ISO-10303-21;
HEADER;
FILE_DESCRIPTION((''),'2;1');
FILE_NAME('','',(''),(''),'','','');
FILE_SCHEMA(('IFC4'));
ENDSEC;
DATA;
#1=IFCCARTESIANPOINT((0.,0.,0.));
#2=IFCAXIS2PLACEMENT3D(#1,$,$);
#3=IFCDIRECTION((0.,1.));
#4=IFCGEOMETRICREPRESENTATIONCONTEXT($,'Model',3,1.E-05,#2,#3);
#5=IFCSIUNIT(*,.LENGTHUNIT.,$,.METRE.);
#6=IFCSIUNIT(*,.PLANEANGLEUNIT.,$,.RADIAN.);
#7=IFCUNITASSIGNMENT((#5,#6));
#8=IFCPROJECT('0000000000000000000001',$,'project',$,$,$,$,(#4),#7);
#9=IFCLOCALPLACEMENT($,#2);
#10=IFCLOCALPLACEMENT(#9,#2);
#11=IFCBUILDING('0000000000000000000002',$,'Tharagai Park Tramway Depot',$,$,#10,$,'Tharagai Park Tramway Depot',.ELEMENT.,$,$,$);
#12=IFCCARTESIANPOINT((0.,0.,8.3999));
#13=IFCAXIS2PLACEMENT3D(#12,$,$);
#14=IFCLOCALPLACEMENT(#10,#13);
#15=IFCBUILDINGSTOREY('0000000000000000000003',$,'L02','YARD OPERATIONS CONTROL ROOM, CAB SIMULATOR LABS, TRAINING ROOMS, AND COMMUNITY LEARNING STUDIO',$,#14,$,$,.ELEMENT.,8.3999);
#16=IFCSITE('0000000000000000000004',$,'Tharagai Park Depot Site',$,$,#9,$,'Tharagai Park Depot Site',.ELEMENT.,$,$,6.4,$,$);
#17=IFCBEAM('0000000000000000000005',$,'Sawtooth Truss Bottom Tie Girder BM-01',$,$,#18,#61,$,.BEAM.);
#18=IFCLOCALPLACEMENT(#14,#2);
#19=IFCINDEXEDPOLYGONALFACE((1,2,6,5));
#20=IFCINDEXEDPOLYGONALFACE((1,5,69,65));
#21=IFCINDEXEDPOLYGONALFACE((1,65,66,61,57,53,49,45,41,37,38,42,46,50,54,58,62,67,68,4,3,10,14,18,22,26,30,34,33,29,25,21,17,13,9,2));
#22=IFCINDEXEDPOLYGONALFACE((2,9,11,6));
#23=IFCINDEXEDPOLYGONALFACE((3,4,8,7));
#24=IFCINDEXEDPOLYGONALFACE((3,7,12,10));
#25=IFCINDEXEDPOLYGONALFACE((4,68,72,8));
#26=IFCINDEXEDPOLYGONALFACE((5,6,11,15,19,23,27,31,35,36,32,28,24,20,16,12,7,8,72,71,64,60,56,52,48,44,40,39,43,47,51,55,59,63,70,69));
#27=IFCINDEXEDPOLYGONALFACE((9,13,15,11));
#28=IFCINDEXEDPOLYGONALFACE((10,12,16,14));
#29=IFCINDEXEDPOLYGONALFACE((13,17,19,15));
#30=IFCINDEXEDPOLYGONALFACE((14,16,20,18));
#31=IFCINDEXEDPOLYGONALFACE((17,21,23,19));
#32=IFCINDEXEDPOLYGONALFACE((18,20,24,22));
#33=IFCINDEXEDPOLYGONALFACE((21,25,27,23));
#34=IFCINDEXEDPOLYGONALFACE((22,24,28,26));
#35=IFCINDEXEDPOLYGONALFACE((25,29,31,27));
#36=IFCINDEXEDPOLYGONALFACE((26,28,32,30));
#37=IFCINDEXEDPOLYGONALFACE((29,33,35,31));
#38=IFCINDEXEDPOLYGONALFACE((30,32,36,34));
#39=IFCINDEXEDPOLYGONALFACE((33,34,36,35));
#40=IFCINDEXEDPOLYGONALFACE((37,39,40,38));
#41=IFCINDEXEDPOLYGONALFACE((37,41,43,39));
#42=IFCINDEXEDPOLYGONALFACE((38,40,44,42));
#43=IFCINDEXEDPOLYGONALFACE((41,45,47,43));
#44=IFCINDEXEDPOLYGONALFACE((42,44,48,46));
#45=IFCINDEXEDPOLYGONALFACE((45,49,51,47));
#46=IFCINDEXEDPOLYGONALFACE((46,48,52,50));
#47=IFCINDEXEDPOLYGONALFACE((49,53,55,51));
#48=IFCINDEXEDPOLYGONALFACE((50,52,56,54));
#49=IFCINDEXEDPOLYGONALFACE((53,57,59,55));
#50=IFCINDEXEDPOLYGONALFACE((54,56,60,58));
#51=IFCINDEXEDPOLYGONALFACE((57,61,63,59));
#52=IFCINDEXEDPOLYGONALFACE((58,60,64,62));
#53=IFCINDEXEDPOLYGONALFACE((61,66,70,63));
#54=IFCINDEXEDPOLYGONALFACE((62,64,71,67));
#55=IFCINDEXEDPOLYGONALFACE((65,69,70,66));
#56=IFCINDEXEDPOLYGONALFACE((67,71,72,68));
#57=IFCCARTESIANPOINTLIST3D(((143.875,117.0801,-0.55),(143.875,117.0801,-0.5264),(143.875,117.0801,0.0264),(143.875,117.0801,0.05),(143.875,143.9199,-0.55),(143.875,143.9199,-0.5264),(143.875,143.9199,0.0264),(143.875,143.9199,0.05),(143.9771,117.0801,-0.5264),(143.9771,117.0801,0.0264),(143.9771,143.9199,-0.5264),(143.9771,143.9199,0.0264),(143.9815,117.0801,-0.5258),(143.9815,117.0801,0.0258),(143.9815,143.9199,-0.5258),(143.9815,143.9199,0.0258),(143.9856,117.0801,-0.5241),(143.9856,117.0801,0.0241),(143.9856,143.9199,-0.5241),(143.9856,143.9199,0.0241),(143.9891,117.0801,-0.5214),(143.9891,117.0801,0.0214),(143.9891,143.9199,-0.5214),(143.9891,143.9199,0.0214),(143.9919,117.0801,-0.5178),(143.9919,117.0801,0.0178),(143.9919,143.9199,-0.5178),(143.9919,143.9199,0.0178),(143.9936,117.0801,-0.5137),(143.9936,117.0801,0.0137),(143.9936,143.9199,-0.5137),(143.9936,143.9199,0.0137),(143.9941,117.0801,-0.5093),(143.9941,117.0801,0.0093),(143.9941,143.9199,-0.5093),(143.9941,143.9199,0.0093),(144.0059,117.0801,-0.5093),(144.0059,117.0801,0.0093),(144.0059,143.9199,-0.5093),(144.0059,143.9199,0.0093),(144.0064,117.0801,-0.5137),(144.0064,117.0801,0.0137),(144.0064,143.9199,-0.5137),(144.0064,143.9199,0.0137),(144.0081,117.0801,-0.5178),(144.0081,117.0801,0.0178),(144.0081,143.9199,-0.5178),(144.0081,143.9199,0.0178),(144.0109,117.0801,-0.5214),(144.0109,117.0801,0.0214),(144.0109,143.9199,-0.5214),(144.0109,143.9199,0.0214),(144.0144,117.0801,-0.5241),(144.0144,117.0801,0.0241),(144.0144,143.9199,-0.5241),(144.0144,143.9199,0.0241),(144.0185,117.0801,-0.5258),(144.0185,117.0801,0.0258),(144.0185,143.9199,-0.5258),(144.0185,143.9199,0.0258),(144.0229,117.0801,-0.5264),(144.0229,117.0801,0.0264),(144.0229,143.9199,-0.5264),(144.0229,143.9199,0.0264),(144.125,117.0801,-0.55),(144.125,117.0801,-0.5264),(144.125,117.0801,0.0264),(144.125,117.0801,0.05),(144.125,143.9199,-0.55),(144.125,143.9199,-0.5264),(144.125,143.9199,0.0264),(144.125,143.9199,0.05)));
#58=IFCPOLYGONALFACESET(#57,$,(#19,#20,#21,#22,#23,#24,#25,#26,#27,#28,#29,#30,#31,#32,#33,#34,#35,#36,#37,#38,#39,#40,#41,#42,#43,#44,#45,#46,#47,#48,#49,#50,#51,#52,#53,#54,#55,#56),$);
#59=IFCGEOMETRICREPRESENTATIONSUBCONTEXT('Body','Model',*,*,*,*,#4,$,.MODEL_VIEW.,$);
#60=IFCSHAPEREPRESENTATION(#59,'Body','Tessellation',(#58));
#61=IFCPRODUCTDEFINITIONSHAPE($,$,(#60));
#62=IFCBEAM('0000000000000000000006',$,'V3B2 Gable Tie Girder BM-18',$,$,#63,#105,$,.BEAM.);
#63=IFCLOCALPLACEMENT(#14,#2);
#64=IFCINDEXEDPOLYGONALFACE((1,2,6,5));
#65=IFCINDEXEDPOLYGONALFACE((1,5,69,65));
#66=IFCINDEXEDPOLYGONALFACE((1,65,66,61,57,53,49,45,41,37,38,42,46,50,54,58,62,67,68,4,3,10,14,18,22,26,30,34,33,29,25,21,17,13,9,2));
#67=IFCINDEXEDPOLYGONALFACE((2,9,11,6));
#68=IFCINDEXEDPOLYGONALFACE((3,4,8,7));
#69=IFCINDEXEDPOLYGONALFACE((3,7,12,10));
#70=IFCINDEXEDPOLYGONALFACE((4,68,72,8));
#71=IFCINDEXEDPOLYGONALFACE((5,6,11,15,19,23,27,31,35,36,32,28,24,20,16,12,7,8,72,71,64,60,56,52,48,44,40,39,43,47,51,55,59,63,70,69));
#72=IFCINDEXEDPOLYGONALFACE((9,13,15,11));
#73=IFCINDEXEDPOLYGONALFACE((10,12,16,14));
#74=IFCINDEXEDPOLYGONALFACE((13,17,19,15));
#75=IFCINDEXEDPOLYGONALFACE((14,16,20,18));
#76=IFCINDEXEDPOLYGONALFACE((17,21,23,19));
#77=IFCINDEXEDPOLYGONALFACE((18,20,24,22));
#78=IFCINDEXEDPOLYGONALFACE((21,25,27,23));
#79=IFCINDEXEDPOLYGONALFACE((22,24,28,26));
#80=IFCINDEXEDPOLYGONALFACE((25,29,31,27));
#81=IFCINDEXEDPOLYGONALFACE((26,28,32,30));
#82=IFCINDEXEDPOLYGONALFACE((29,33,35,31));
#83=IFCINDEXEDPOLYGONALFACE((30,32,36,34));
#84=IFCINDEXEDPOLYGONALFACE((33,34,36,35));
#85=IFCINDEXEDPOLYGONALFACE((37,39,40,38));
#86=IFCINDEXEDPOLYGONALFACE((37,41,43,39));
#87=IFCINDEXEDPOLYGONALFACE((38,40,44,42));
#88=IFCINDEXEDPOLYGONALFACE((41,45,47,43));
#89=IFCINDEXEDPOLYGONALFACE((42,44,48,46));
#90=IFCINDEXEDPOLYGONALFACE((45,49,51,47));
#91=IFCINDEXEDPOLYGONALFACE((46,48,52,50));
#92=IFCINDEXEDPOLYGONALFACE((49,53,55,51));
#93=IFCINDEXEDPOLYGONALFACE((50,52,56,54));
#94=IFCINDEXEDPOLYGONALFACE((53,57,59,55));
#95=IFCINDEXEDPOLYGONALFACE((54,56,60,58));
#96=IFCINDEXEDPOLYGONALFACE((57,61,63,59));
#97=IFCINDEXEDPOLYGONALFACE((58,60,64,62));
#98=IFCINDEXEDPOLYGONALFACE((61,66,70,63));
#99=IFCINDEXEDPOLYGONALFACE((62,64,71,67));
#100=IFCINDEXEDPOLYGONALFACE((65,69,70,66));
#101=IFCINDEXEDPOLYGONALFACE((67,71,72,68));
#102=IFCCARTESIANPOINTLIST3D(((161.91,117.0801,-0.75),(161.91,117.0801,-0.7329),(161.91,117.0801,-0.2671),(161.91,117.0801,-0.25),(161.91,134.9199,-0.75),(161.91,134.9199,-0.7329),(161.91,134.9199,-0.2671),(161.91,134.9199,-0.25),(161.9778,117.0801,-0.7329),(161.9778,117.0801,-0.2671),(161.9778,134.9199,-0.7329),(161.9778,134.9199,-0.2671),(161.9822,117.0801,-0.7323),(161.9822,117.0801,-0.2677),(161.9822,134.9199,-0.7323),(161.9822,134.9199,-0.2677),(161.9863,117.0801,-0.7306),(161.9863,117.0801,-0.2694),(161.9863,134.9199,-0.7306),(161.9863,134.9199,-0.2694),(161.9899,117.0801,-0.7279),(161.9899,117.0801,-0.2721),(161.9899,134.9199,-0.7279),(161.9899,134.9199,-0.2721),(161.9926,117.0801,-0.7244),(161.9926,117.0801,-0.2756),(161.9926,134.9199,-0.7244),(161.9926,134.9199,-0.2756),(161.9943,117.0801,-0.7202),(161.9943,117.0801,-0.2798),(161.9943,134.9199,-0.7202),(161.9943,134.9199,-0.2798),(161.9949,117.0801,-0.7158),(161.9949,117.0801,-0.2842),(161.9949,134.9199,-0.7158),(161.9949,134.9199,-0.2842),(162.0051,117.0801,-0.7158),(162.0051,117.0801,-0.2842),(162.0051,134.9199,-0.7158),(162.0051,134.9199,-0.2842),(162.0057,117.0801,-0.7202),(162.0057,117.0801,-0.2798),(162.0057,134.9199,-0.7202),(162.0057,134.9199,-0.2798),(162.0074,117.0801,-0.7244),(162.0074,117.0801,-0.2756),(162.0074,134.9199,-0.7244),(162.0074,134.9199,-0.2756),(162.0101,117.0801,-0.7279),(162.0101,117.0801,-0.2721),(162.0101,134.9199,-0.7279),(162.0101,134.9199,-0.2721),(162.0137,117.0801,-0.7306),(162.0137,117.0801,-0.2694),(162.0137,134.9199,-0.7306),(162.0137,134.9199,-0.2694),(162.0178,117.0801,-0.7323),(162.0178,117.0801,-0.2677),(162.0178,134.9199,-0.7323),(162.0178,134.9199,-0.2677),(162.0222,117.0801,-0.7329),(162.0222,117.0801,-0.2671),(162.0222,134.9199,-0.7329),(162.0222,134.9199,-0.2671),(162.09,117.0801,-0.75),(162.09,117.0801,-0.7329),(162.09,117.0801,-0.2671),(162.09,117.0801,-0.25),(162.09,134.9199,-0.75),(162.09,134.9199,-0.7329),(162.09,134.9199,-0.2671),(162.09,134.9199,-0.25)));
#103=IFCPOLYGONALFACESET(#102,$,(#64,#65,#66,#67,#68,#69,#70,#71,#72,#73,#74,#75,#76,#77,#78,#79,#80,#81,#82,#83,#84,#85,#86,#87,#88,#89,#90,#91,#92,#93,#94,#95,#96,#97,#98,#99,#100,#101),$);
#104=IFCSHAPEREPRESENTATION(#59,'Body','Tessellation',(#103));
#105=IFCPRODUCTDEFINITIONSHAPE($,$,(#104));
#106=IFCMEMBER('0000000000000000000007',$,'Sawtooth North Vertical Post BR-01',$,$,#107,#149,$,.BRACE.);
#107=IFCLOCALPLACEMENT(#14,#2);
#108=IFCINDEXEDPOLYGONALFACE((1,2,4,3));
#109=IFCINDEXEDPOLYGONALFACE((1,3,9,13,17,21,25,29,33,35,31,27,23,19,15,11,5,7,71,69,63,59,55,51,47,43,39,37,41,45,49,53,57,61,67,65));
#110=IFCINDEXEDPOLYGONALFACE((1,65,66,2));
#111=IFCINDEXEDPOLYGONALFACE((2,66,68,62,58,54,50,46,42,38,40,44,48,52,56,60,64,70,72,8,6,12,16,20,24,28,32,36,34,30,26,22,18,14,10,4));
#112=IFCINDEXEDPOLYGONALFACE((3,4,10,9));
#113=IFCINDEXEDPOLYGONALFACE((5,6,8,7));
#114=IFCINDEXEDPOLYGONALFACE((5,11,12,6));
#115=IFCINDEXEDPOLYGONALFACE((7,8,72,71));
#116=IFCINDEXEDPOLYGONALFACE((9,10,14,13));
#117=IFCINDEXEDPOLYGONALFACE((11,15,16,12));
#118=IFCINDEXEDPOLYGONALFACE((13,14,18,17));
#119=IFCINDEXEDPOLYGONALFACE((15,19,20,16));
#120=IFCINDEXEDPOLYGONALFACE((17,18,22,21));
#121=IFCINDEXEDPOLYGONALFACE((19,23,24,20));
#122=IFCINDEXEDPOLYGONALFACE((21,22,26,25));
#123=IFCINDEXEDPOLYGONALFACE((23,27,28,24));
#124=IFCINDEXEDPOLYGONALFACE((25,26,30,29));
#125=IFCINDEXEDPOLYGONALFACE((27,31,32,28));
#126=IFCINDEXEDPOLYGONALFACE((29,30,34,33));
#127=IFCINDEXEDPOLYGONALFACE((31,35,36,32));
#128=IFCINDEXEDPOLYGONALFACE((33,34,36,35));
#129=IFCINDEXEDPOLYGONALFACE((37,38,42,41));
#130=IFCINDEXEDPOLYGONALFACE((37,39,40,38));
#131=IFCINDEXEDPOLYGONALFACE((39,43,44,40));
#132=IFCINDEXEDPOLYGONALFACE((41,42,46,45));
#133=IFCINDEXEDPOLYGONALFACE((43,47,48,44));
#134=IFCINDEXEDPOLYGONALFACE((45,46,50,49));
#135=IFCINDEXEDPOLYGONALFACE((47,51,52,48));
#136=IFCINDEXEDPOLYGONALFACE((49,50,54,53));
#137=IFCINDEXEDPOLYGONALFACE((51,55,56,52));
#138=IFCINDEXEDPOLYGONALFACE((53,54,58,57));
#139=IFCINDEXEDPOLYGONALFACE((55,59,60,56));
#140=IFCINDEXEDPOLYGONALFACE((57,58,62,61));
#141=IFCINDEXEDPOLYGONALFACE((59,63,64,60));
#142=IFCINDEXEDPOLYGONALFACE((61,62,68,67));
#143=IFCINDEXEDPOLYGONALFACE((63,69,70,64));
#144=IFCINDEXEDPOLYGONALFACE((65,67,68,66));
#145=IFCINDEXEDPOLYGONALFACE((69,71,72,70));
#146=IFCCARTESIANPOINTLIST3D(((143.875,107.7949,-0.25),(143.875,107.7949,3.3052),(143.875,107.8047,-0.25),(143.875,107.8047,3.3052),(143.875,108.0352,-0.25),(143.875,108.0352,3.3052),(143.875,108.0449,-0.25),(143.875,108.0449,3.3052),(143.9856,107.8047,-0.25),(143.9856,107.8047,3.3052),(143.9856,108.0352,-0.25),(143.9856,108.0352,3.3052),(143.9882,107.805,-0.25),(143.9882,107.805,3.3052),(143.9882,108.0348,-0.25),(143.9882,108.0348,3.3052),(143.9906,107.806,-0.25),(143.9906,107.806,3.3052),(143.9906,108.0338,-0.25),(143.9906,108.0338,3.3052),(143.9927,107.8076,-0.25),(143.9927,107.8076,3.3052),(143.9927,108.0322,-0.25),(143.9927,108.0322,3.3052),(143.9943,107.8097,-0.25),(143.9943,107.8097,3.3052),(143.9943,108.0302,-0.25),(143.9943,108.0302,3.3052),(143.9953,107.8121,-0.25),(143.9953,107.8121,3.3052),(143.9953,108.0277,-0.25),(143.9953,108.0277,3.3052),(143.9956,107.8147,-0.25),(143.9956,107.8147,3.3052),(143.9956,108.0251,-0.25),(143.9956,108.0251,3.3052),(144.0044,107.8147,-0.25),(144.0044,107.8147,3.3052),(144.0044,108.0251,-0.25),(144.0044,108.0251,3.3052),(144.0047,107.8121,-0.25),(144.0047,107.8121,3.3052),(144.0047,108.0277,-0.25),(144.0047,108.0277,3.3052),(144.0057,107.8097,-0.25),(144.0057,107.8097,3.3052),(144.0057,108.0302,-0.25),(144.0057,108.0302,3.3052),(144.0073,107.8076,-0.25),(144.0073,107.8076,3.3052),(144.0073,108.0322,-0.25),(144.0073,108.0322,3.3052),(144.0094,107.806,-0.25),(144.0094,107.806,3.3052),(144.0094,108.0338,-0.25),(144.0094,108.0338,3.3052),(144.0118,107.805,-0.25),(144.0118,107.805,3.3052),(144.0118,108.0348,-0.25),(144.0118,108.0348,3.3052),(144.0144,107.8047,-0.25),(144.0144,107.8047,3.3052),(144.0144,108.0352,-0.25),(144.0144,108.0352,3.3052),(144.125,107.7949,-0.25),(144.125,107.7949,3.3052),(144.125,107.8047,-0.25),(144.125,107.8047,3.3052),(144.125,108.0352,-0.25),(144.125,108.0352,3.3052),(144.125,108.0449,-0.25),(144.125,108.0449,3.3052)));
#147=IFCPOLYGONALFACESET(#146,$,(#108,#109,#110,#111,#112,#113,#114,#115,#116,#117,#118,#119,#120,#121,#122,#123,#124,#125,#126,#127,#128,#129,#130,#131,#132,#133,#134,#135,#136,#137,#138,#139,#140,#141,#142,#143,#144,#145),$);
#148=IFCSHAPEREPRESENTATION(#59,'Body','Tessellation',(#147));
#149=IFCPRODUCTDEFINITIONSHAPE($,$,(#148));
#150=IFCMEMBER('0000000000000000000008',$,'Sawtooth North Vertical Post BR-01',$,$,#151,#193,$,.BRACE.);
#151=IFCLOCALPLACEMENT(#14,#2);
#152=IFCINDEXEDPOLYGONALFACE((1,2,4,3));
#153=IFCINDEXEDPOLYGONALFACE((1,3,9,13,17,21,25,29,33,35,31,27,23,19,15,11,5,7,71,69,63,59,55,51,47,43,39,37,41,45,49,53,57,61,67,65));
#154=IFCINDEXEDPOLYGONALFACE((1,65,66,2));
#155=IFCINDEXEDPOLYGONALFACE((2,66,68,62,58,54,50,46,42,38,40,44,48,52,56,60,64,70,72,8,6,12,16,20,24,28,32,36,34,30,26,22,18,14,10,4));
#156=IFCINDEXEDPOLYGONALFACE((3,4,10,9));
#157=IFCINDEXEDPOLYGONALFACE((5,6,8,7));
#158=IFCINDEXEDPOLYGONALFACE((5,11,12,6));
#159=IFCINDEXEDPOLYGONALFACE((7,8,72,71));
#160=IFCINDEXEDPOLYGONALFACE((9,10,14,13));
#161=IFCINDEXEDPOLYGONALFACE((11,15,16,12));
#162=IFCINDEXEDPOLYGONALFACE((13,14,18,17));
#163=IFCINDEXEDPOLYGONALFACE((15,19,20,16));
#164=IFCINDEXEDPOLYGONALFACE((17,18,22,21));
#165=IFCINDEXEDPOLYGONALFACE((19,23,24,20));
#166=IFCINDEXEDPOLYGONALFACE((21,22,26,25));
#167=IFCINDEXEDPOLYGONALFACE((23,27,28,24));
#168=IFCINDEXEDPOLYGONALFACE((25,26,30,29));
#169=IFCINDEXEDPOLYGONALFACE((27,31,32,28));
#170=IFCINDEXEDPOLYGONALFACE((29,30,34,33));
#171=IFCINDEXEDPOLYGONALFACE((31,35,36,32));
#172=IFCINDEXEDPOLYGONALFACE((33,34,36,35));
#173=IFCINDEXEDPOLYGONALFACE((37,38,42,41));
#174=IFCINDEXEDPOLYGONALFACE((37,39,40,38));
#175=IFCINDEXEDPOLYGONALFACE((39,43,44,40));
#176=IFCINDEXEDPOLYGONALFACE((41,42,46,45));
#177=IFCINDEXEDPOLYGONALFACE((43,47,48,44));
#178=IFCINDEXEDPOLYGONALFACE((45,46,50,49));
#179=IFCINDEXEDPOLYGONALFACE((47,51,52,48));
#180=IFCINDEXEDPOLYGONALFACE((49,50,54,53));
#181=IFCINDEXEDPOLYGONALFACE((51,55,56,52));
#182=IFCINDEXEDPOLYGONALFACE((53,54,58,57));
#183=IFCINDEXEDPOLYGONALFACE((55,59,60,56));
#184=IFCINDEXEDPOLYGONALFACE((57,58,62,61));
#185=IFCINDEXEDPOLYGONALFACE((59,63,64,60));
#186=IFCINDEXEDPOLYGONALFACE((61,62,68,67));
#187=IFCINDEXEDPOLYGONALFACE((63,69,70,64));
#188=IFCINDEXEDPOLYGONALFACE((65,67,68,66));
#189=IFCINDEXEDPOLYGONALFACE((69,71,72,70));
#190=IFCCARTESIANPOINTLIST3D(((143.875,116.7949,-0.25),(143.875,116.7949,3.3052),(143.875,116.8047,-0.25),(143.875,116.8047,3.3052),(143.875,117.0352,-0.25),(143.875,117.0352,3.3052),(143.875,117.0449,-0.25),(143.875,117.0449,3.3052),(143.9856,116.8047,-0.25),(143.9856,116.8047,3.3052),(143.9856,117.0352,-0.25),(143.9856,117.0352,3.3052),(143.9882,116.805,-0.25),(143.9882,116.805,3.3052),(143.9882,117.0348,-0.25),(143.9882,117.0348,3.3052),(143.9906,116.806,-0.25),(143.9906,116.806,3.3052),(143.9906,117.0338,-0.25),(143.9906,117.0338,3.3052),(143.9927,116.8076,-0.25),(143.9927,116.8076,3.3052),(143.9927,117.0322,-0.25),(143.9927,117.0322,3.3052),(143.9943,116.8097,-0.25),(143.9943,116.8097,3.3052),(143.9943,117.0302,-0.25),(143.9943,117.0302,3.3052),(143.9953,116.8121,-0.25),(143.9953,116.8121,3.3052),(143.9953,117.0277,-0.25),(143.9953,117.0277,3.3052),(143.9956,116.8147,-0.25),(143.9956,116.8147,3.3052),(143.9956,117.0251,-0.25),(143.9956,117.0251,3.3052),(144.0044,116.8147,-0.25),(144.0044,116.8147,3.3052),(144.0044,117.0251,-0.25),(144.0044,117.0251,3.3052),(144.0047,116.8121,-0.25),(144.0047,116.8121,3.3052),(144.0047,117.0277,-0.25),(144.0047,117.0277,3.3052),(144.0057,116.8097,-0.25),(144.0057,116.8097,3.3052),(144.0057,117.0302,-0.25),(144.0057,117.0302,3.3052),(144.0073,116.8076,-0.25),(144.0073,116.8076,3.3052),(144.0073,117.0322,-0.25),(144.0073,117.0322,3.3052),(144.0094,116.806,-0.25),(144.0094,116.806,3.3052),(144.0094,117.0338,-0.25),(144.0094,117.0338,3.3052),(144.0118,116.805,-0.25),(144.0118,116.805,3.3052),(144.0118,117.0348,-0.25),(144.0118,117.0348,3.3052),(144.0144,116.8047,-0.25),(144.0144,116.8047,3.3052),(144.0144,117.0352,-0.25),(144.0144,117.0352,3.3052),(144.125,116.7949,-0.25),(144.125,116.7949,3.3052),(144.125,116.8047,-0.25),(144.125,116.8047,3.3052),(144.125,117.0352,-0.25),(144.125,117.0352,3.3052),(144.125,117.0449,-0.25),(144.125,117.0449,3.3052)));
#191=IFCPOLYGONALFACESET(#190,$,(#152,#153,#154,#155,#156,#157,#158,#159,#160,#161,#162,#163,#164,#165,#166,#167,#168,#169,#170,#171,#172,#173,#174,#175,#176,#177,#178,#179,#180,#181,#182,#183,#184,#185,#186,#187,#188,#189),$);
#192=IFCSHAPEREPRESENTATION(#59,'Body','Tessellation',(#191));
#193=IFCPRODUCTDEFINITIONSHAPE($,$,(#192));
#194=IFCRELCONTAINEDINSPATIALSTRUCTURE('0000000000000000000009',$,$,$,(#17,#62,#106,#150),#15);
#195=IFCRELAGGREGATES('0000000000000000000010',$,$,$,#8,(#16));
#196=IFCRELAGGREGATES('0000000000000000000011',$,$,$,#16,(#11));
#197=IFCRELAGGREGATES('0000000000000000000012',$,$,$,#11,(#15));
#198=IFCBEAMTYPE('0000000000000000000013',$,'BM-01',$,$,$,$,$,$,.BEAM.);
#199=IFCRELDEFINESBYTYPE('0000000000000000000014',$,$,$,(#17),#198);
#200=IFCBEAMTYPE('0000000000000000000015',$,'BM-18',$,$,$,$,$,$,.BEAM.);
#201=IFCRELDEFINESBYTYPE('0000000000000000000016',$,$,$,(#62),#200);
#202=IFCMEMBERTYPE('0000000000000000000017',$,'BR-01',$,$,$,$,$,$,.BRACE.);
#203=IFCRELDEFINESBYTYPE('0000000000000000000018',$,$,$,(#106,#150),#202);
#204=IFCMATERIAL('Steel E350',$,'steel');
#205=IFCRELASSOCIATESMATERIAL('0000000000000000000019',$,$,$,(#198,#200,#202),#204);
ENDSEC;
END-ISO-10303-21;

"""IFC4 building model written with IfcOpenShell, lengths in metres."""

from ifc_helpers import new_model, si_unit, direction, frame, origin, origin_2d, place, context, subcontext, project, spatial, i_section, extrude, material, material_profile, profile_set, type_object, element, save


model = new_model("IFC4")

# Units and contexts
model_context = context("Model", 3, precision=1e-05, world=origin(), true_north=direction((0.0, 1.0)))
body_context = subcontext(model_context, "Body", "Model", "MODEL_VIEW")
ifc_project = project(units=[si_unit("LENGTHUNIT", "METRE"), si_unit("PLANEANGLEUNIT", "RADIAN")], contexts=[model_context])

# Site, building, storey
site_placement = place(None, origin())
site = spatial("IfcSite", under=ifc_project, at=site_placement, Name="Tharagai Park Depot Site", LongName="Tharagai Park Depot Site", CompositionType="ELEMENT", RefElevation=6.4)
building_placement = place(site_placement, origin())
building = spatial("IfcBuilding", under=site, at=building_placement, Name="Tharagai Park Tramway Depot", LongName="Tharagai Park Tramway Depot", CompositionType="ELEMENT")
storey_placement = place(building_placement, frame((0.0, 0.0, 8.3999)))
storey = spatial("IfcBuildingStorey", under=building, at=storey_placement, Name="L02", Description="YARD OPERATIONS CONTROL ROOM, CAB SIMULATOR LABS, TRAINING ROOMS, AND COMMUNITY LEARNING STUDIO", CompositionType="ELEMENT", Elevation=8.3999)

# Beams
ifc_material_1 = material(Name="Steel E350", Category="steel")
ifc_material_profile_1 = material_profile(ifc_material_1, i_section(OverallWidth=0.25, OverallDepth=0.6001, WebThickness=0.0117, FlangeThickness=0.0237, FilletRadius=0.0171, at=origin_2d()), Name="ISWB 600")
ifc_profile_set_1 = profile_set([ifc_material_profile_1], Name="Steel E350")
beam_type_1 = type_object("IfcBeamType", Name="BM-01", PredefinedType="BEAM", material=ifc_profile_set_1)
beam_1_placement = place(storey_placement, frame((144.0, 117.0801, -0.25), z_axis=(0.0, 1.0, 0.0), x_axis=(-1.0, 0.0, 0.0)))
element("IfcBeam", 1, at=beam_1_placement, inside=storey, type_object=beam_type_1, Name="Sawtooth Truss Bottom Tie Girder BM-01", PredefinedType="BEAM", context=body_context, shape_type="SweptSolid", body=[
    extrude(i_section(OverallWidth=0.25, OverallDepth=0.6001, WebThickness=0.0117, FlangeThickness=0.0237, FilletRadius=0.0171, at=origin_2d()), origin(), (0.0, 0.0, 1.0), 26.8398),
])
ifc_material_profile_2 = material_profile(ifc_material_1, i_section(OverallWidth=0.1799, OverallDepth=0.5, WebThickness=0.0103, FlangeThickness=0.0171, FilletRadius=0.0171, at=origin_2d()), Name="ISMB 500")
ifc_profile_set_2 = profile_set([ifc_material_profile_2], Name="Steel E350")
beam_type_2 = type_object("IfcBeamType", Name="BM-18", PredefinedType="BEAM", material=ifc_profile_set_2)
beam_2_placement = place(storey_placement, frame((162.0, 117.0801, -0.5), z_axis=(0.0, 1.0, 0.0), x_axis=(-1.0, 0.0, 0.0)))
element("IfcBeam", 2, at=beam_2_placement, inside=storey, type_object=beam_type_2, Name="V3B2 Gable Tie Girder BM-18", PredefinedType="BEAM", context=body_context, shape_type="SweptSolid", body=[
    extrude(i_section(OverallWidth=0.1799, OverallDepth=0.5, WebThickness=0.0103, FlangeThickness=0.0171, FilletRadius=0.0171, at=origin_2d()), origin(), (0.0, 0.0, 1.0), 17.8398),
])

# Members
ifc_material_profile_3 = material_profile(ifc_material_1, i_section(OverallWidth=0.25, OverallDepth=0.25, WebThickness=0.0088, FlangeThickness=0.0098, FilletRadius=0.01, at=origin_2d()), Name="ISHB 250")
ifc_profile_set_3 = profile_set([ifc_material_profile_3], Name="Steel E350")
member_type_1 = type_object("IfcMemberType", Name="BR-01", PredefinedType="BRACE", material=ifc_profile_set_3)
for number, where, z_axis, x_axis, name in (
    (3, (144.0, 107.9199, -0.25), (0.0, 0.0, 1.0), (1.0, 0.0, 0.0), "Sawtooth North Vertical Post BR-01"),
    (4, (144.0, 116.9199, -0.25), (0.0, 0.0, 1.0), (1.0, 0.0, 0.0), "Sawtooth North Vertical Post BR-01"),
):
    element("IfcMember", number, at=place(storey_placement, frame(where, z_axis=z_axis, x_axis=x_axis)), inside=storey, type_object=member_type_1, Name=name, PredefinedType="BRACE", context=body_context, shape_type="SweptSolid", body=[
        extrude(i_section(OverallWidth=0.25, OverallDepth=0.25, WebThickness=0.0088, FlangeThickness=0.0098, FilletRadius=0.01, at=origin_2d()), origin(), (0.0, 0.0, 1.0), 3.5552),
    ])

save(model, "model.ifc")
